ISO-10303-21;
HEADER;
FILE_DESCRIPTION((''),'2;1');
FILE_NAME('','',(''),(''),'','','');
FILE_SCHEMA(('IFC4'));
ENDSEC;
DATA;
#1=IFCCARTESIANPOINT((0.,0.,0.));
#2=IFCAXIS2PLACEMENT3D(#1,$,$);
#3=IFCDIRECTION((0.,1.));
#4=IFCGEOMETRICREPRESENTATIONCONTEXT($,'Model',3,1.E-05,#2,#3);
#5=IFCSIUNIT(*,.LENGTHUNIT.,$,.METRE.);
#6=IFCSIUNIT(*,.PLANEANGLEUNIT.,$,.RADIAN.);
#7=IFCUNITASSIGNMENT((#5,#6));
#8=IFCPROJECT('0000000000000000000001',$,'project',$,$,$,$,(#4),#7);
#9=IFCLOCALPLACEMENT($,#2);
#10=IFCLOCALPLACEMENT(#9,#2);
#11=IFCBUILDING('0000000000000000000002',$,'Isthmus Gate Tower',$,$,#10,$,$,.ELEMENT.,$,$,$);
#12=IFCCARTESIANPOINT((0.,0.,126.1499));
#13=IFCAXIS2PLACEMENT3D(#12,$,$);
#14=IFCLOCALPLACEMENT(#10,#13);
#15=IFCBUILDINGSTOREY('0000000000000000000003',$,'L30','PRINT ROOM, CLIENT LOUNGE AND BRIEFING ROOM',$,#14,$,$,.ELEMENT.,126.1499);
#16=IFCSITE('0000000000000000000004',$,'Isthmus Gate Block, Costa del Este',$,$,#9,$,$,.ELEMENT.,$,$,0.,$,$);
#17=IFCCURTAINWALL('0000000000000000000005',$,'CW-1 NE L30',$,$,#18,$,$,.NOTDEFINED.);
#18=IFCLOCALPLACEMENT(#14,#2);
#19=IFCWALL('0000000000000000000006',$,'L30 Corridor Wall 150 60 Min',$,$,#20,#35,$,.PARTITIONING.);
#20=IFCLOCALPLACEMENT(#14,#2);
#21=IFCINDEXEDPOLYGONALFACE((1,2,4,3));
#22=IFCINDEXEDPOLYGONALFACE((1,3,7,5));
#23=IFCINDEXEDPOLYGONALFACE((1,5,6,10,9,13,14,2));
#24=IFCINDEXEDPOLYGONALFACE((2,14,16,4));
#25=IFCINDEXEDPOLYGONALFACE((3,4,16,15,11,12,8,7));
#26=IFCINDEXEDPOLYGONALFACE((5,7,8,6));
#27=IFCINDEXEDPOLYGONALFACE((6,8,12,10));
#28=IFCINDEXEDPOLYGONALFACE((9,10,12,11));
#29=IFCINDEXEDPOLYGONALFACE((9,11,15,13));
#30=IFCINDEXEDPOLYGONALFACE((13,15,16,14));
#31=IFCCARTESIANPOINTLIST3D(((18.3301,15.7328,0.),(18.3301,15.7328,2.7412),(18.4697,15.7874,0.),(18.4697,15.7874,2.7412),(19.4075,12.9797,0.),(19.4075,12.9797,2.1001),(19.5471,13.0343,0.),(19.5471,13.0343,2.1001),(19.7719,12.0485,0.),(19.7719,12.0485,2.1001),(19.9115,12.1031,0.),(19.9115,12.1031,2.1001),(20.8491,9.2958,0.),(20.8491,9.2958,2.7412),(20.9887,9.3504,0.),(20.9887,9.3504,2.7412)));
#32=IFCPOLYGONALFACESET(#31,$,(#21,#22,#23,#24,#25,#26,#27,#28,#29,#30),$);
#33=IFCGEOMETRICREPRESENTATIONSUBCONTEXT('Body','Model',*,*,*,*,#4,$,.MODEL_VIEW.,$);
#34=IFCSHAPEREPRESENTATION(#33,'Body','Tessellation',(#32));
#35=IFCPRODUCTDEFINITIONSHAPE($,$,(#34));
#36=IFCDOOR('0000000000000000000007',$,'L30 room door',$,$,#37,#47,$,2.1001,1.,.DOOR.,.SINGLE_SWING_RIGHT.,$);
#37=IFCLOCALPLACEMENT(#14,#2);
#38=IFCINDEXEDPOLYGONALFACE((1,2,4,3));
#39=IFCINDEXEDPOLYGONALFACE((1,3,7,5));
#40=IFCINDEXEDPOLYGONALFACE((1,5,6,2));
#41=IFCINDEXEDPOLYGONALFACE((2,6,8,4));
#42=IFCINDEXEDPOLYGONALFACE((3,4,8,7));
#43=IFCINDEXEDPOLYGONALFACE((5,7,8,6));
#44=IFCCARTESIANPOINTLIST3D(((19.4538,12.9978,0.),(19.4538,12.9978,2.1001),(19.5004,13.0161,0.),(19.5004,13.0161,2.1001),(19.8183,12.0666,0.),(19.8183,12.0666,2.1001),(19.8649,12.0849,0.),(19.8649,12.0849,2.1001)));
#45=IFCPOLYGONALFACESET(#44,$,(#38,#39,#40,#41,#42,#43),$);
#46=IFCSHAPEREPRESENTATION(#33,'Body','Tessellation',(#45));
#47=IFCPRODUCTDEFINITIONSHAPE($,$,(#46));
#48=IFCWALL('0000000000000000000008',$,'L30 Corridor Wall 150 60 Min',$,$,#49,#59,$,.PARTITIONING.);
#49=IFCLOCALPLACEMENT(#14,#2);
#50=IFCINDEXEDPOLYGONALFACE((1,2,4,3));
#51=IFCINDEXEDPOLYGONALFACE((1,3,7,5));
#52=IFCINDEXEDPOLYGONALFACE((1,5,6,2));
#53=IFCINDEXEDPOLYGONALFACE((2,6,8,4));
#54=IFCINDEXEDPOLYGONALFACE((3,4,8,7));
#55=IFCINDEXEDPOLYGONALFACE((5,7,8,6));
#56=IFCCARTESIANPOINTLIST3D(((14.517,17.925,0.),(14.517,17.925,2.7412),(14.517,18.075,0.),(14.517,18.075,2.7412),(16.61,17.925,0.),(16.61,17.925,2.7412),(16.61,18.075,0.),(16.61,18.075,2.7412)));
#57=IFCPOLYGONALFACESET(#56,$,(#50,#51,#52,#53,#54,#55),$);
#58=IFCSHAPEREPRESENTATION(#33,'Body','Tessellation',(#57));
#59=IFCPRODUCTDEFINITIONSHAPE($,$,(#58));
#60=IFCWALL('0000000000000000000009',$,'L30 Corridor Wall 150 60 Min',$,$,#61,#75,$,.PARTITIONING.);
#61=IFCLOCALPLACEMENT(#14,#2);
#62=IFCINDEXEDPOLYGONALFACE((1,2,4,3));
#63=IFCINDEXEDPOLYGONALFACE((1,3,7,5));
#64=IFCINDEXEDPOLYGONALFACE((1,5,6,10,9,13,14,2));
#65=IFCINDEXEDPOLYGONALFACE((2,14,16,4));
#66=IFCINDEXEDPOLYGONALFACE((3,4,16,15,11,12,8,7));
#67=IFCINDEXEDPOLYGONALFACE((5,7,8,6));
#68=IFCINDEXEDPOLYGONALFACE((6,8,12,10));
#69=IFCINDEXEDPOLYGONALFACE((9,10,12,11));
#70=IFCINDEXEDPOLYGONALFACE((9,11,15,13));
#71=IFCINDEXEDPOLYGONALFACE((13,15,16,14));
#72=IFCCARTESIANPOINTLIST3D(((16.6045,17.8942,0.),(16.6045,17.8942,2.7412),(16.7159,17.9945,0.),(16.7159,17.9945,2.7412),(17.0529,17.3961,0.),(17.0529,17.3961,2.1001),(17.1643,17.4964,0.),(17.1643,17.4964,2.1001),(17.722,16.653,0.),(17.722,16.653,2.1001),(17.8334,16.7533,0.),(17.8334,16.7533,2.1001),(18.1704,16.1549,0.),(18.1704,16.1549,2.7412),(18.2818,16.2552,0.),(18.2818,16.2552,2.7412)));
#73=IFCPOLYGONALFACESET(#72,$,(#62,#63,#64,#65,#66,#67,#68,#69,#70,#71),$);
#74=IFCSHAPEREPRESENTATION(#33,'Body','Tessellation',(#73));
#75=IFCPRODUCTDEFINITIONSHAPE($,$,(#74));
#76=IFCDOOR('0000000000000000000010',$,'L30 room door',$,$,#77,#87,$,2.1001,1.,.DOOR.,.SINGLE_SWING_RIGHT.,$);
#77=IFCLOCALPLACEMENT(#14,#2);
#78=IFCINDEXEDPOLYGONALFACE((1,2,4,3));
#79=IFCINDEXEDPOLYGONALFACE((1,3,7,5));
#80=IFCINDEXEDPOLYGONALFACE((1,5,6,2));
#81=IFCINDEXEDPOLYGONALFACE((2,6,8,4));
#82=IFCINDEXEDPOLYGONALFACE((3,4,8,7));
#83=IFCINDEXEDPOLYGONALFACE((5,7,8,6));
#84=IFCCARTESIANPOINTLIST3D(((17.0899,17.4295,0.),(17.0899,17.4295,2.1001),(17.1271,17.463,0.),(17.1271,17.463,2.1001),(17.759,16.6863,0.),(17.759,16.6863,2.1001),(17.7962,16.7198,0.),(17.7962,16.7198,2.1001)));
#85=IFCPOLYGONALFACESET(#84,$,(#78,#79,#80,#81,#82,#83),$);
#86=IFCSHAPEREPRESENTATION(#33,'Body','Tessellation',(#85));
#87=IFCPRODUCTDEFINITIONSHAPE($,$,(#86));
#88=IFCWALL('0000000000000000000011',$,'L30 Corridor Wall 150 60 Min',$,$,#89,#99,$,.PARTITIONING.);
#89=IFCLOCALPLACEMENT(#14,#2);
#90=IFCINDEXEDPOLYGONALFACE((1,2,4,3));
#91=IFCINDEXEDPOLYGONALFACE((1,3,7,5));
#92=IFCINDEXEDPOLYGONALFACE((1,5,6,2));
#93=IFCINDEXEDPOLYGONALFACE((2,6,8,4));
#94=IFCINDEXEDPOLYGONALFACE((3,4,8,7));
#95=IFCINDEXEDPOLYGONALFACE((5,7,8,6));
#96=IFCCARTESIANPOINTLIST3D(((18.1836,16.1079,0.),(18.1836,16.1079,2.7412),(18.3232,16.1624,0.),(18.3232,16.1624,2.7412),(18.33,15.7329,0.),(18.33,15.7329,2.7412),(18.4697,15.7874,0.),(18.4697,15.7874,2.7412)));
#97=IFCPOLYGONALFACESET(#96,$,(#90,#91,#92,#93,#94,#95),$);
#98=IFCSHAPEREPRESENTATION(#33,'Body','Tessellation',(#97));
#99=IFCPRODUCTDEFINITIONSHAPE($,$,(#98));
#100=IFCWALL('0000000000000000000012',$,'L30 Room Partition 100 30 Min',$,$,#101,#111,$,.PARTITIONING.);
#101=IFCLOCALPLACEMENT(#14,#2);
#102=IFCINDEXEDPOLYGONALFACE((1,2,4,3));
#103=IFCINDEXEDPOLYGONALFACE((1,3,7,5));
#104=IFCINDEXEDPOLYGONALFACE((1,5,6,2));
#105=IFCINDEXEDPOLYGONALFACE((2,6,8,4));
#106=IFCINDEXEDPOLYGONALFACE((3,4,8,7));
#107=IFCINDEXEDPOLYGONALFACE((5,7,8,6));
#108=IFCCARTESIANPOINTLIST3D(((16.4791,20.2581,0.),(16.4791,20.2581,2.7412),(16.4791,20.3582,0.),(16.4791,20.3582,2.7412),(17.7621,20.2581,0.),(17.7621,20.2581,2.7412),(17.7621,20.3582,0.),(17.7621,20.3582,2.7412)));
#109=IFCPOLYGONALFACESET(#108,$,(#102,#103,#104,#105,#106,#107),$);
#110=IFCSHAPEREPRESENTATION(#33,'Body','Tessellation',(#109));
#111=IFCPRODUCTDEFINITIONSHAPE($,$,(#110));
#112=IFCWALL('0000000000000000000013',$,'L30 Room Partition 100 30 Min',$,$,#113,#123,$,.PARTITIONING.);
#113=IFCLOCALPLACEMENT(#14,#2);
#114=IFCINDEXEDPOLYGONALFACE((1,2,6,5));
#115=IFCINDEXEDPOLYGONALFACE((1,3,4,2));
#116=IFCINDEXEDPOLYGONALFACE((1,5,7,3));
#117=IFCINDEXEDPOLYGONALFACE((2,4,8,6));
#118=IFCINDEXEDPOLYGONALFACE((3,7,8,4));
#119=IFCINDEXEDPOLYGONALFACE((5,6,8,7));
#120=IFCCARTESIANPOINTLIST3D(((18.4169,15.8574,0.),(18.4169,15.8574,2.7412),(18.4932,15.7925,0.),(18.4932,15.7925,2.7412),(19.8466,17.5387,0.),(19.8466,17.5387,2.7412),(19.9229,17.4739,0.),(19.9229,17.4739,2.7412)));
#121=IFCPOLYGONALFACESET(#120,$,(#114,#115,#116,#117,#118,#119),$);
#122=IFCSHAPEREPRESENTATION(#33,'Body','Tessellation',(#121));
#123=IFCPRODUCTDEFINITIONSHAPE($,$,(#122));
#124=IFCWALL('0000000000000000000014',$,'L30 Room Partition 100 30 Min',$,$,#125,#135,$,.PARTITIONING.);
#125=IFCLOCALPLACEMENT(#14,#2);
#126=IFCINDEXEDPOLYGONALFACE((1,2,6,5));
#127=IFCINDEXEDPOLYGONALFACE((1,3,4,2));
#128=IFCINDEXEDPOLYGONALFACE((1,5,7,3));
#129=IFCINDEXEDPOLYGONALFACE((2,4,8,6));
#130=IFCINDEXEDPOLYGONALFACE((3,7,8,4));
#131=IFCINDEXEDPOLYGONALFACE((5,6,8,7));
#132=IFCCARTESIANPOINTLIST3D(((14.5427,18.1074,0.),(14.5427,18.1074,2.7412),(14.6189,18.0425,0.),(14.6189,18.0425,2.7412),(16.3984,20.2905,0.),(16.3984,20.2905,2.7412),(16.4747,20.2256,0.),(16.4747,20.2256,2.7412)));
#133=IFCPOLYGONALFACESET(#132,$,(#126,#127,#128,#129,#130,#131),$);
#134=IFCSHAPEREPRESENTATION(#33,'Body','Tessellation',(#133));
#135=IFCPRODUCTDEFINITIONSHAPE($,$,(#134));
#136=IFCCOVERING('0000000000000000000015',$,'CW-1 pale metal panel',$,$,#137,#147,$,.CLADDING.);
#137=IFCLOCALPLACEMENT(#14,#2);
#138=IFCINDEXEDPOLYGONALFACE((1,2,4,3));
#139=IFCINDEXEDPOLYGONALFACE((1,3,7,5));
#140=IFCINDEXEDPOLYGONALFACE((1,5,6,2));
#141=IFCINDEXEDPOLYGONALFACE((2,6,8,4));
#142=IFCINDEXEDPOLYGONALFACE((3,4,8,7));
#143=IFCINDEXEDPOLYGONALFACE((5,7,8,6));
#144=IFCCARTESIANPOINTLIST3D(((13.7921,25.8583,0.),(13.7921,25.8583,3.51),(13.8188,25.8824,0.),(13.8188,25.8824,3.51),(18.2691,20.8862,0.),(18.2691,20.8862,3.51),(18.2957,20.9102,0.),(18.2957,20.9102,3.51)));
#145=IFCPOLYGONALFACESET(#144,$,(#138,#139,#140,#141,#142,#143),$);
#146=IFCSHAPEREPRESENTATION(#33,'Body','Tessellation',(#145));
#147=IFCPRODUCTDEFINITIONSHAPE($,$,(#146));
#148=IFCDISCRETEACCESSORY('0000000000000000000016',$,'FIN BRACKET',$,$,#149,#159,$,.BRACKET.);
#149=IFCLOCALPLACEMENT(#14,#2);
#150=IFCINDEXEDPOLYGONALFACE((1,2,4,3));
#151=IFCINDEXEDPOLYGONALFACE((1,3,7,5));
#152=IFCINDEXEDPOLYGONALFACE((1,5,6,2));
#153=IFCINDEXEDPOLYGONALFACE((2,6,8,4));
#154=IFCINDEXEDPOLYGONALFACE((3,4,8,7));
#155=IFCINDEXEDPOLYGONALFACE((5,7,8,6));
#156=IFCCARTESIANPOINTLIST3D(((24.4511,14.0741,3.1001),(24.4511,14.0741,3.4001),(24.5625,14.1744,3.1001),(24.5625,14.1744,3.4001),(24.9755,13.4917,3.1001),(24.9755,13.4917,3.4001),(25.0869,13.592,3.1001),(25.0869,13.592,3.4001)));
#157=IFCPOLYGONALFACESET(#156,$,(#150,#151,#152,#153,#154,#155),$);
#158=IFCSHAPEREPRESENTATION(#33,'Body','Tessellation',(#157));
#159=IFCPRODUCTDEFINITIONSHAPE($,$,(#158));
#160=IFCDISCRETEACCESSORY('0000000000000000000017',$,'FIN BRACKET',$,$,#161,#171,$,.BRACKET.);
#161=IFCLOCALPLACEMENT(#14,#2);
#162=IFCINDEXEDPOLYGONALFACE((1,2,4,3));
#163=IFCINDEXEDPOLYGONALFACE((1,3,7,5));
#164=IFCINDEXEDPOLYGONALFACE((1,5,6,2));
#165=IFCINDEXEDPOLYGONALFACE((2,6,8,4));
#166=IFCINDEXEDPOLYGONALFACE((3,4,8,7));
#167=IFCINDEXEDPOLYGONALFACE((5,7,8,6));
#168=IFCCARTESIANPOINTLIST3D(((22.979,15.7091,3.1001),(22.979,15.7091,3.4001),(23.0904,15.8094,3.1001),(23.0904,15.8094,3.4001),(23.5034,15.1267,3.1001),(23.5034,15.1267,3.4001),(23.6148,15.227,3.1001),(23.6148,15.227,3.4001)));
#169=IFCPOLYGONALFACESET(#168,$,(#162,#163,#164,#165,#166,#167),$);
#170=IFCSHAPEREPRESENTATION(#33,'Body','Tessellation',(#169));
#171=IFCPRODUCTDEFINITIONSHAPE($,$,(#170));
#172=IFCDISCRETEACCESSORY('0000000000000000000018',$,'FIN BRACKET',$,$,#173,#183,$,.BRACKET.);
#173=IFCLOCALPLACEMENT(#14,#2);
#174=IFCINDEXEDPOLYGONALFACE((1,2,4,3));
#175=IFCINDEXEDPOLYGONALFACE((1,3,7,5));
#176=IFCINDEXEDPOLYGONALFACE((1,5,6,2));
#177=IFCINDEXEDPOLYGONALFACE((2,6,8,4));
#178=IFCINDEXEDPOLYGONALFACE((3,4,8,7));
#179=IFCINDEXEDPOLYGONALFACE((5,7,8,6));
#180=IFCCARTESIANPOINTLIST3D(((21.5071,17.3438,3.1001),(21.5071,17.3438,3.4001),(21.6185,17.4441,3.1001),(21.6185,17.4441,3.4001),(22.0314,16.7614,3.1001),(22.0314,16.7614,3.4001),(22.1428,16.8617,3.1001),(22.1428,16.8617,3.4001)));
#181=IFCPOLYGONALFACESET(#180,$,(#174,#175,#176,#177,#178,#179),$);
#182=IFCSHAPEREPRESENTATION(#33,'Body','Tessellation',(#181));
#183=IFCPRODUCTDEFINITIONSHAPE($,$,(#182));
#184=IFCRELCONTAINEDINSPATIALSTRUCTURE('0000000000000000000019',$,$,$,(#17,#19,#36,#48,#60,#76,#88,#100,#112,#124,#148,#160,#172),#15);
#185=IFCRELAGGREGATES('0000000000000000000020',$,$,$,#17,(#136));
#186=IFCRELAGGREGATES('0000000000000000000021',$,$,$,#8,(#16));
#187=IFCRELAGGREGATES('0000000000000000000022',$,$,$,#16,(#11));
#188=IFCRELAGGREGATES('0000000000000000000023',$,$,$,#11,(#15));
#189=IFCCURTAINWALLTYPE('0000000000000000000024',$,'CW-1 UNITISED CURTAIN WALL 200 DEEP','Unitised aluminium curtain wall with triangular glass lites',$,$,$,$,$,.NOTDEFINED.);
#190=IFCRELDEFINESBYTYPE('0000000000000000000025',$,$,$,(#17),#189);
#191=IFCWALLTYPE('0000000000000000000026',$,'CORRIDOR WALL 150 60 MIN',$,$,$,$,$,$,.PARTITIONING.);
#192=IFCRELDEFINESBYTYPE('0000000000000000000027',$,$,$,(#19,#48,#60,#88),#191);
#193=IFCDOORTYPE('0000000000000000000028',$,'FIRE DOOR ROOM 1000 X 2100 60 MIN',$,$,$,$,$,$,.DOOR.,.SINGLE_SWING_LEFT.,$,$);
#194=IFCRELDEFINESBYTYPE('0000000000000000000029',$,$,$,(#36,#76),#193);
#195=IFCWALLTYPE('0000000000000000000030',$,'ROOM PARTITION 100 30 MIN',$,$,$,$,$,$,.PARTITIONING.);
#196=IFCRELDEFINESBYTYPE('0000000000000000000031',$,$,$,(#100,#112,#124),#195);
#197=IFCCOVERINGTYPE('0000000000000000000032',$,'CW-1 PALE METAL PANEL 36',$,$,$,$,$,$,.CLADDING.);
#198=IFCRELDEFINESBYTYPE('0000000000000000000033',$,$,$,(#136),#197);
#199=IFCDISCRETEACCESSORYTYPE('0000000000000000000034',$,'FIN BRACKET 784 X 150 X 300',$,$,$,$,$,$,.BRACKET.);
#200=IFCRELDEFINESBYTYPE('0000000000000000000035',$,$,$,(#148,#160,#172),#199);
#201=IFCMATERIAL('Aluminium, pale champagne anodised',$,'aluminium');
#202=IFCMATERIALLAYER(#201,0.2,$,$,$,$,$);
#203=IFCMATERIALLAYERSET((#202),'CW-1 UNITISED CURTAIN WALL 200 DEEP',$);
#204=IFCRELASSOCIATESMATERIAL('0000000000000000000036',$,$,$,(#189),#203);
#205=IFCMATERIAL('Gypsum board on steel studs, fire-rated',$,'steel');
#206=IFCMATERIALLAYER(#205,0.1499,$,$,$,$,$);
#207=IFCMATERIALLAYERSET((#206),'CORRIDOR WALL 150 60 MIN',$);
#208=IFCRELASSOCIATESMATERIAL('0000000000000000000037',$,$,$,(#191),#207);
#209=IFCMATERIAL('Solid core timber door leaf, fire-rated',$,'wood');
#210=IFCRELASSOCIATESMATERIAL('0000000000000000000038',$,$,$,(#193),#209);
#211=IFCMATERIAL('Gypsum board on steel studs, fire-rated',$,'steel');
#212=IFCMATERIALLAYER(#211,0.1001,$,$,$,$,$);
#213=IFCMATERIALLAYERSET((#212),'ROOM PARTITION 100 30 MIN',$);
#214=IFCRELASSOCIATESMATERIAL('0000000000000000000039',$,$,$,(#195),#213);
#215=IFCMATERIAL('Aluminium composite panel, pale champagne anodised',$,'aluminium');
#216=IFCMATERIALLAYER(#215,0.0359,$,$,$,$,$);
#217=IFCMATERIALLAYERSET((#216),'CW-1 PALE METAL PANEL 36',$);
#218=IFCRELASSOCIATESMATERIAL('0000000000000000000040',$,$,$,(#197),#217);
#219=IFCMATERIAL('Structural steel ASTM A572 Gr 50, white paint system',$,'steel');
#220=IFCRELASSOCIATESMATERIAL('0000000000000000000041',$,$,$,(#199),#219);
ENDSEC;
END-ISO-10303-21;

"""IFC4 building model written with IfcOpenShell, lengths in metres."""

from ifc_helpers import new_model, si_unit, direction, frame, frame_2d, origin, origin_2d, place, context, subcontext, project, spatial, rectangle, extrude, material, layer, layer_set, type_object, element, fill, aggregate, save


model = new_model("IFC4")

# Units and contexts
model_context = context("Model", 3, precision=1e-05, world=origin(), true_north=direction((0.0, 1.0)))
body_context = subcontext(model_context, "Body", "Model", "MODEL_VIEW")
ifc_project = project(units=[si_unit("LENGTHUNIT", "METRE"), si_unit("PLANEANGLEUNIT", "RADIAN")], contexts=[model_context])

# Site, building, storey
site_placement = place(None, origin())
site = spatial("IfcSite", under=ifc_project, at=site_placement, Name="Isthmus Gate Block, Costa del Este", CompositionType="ELEMENT", RefElevation=0.0)
building_placement = place(site_placement, origin())
building = spatial("IfcBuilding", under=site, at=building_placement, Name="Isthmus Gate Tower", CompositionType="ELEMENT")
storey_placement = place(building_placement, frame((0.0, 0.0, 126.1499)))
storey = spatial("IfcBuildingStorey", under=building, at=storey_placement, Name="L30", Description="PRINT ROOM, CLIENT LOUNGE AND BRIEFING ROOM", CompositionType="ELEMENT", Elevation=126.1499)

# Curtain wall
ifc_material_1 = material(Name="Aluminium, pale champagne anodised", Category="aluminium")
ifc_layer_1 = layer(ifc_material_1, 0.2)
ifc_layer_set_1 = layer_set([ifc_layer_1], Name="CW-1 UNITISED CURTAIN WALL 200 DEEP")
curtain_wall_type = type_object("IfcCurtainWallType", Name="CW-1 UNITISED CURTAIN WALL 200 DEEP", Description="Unitised aluminium curtain wall with triangular glass lites", PredefinedType="NOTDEFINED", material=ifc_layer_set_1)
curtain_wall_placement = place(storey_placement, origin())
curtain_wall = element("IfcCurtainWall", 1, at=curtain_wall_placement, inside=storey, type_object=curtain_wall_type, Name="CW-1 NE L30", PredefinedType="NOTDEFINED")

# Shared definitions
ifc_material_2 = material(Name="Gypsum board on steel studs, fire-rated", Category="steel")
ifc_layer_2 = layer(ifc_material_2, 0.1499)
ifc_layer_set_2 = layer_set([ifc_layer_2], Name="CORRIDOR WALL 150 60 MIN")
wall_type_1 = type_object("IfcWallType", Name="CORRIDOR WALL 150 60 MIN", PredefinedType="PARTITIONING", material=ifc_layer_set_2)

# Wall, opening, door
wall_1_placement = place(storey_placement, frame((18.3999, 15.76, 0.0), z_axis=(0.0, 0.0, 1.0), x_axis=(0.364426, -0.931232, 0.0)))
wall_1 = element("IfcWall", 2, at=wall_1_placement, inside=storey, type_object=wall_type_1, Name="L30 Corridor Wall 150 60 Min", PredefinedType="PARTITIONING", context=body_context, shape_type="SweptSolid", body=[
    extrude(rectangle(XDim=6.9124, YDim=0.1499, at=frame_2d((3.4561, 0.0))), origin(), (0.0, 0.0, 1.0), 2.7412),
])
opening_1_placement = place(wall_1_placement, frame((2.9563, 0.0, 0.0)))
opening_1 = element("IfcOpeningElement", 3, at=opening_1_placement, cuts=wall_1, PredefinedType="OPENING", context=body_context, shape_type="SweptSolid", body=[
    extrude(rectangle(XDim=1.0, YDim=2.1001, at=frame_2d((0.5, 1.05))), frame((0.0, 0.085, 0.0), z_axis=(0.0, -1.0, 0.0), x_axis=(1.0, 0.0, 0.0)), (0.0, 0.0, 1.0), 0.1699),
])
ifc_material_3 = material(Name="Solid core timber door leaf, fire-rated", Category="wood")
door_type = type_object("IfcDoorType", Name="FIRE DOOR ROOM 1000 X 2100 60 MIN", OperationType="SINGLE_SWING_LEFT", PredefinedType="DOOR", material=ifc_material_3)
door_1_placement = place(opening_1_placement, origin())
door_1 = element("IfcDoor", 4, at=door_1_placement, inside=storey, type_object=door_type, Name="L30 room door", OperationType="SINGLE_SWING_RIGHT", OverallHeight=2.1001, OverallWidth=1.0, PredefinedType="DOOR", context=body_context, shape_type="SweptSolid", body=[
    extrude(rectangle(XDim=1.0, YDim=2.1001, at=frame_2d((0.5, 1.05))), frame((0.0, 0.0249, 0.0), z_axis=(0.0, -1.0, 0.0), x_axis=(1.0, 0.0, 0.0)), (0.0, 0.0, 1.0), 0.05),
])
fill(opening_1, door_1)

# Wall
wall_2_placement = place(storey_placement, frame((14.5171, 18.0, 0.0), z_axis=(0.0, 0.0, 1.0), x_axis=(1.0, 0.0, 0.0)))
element("IfcWall", 5, at=wall_2_placement, inside=storey, type_object=wall_type_1, Name="L30 Corridor Wall 150 60 Min", PredefinedType="PARTITIONING", context=body_context, shape_type="SweptSolid", body=[
    extrude(rectangle(XDim=2.093, YDim=0.1499, at=frame_2d((1.0464, 0.0))), origin(), (0.0, 0.0, 1.0), 2.7412),
])

# Wall, opening, door
wall_3_placement = place(storey_placement, frame((16.6602, 17.9443, 0.0), z_axis=(0.0, 0.0, 1.0), x_axis=(0.669103, -0.74317, 0.0)))
wall_3 = element("IfcWall", 6, at=wall_3_placement, inside=storey, type_object=wall_type_1, Name="L30 Corridor Wall 150 60 Min", PredefinedType="PARTITIONING", context=body_context, shape_type="SweptSolid", body=[
    extrude(rectangle(XDim=2.3403, YDim=0.1499, at=frame_2d((1.1702, 0.0))), origin(), (0.0, 0.0, 1.0), 2.7412),
])
opening_2_placement = place(wall_3_placement, frame((0.6702, 0.0, 0.0)))
opening_2 = element("IfcOpeningElement", 7, at=opening_2_placement, cuts=wall_3, PredefinedType="OPENING", context=body_context, shape_type="SweptSolid", body=[
    extrude(rectangle(XDim=1.0, YDim=2.1001, at=frame_2d((0.5, 1.05))), frame((0.0, 0.085, 0.0), z_axis=(0.0, -1.0, 0.0), x_axis=(1.0, 0.0, 0.0)), (0.0, 0.0, 1.0), 0.1699),
])
door_2_placement = place(opening_2_placement, origin())
door_2 = element("IfcDoor", 8, at=door_2_placement, inside=storey, type_object=door_type, Name="L30 room door", OperationType="SINGLE_SWING_RIGHT", OverallHeight=2.1001, OverallWidth=1.0, PredefinedType="DOOR", context=body_context, shape_type="SweptSolid", body=[
    extrude(rectangle(XDim=1.0, YDim=2.1001, at=frame_2d((0.5, 1.05))), frame((0.0, 0.0249, 0.0), z_axis=(0.0, -1.0, 0.0), x_axis=(1.0, 0.0, 0.0)), (0.0, 0.0, 1.0), 0.05),
])
fill(opening_2, door_2)

# Walls
wall_4_placement = place(storey_placement, frame((18.2534, 16.135, 0.0), z_axis=(0.0, 0.0, 1.0), x_axis=(0.363851, -0.931457, 0.0)))
element("IfcWall", 9, at=wall_4_placement, inside=storey, type_object=wall_type_1, Name="L30 Corridor Wall 150 60 Min", PredefinedType="PARTITIONING", context=body_context, shape_type="SweptSolid", body=[
    extrude(rectangle(XDim=0.4026, YDim=0.1499, at=frame_2d((0.2012, 0.0))), origin(), (0.0, 0.0, 1.0), 2.7412),
])
ifc_material_4 = material(Name="Gypsum board on steel studs, fire-rated", Category="steel")
ifc_layer_3 = layer(ifc_material_4, 0.1001)
ifc_layer_set_3 = layer_set([ifc_layer_3], Name="ROOM PARTITION 100 30 MIN")
wall_type_2 = type_object("IfcWallType", Name="ROOM PARTITION 100 30 MIN", PredefinedType="PARTITIONING", material=ifc_layer_set_3)
wall_5_placement = place(storey_placement, frame((16.479, 20.3081, 0.0), z_axis=(0.0, 0.0, 1.0), x_axis=(1.0, 0.0, 0.0)))
element("IfcWall", 10, at=wall_5_placement, inside=storey, type_object=wall_type_2, Name="L30 Room Partition 100 30 Min", PredefinedType="PARTITIONING", context=body_context, shape_type="SweptSolid", body=[
    extrude(rectangle(XDim=1.283, YDim=0.1001, at=frame_2d((0.6416, 0.0))), origin(), (0.0, 0.0, 1.0), 2.7412),
])
wall_6_placement = place(storey_placement, frame((18.4551, 15.825, 0.0), z_axis=(0.0, 0.0, 1.0), x_axis=(0.64778, 0.761827, 0.0)))
element("IfcWall", 11, at=wall_6_placement, inside=storey, type_object=wall_type_2, Name="L30 Room Partition 100 30 Min", PredefinedType="PARTITIONING", context=body_context, shape_type="SweptSolid", body=[
    extrude(rectangle(XDim=2.207, YDim=0.1001, at=frame_2d((1.1035, 0.0))), origin(), (0.0, 0.0, 1.0), 2.7412),
])
wall_7_placement = place(storey_placement, frame((14.5808, 18.075, 0.0), z_axis=(0.0, 0.0, 1.0), x_axis=(0.647663, 0.761927, 0.0)))
element("IfcWall", 12, at=wall_7_placement, inside=storey, type_object=wall_type_2, Name="L30 Room Partition 100 30 Min", PredefinedType="PARTITIONING", context=body_context, shape_type="SweptSolid", body=[
    extrude(rectangle(XDim=2.8652, YDim=0.1001, at=frame_2d((1.4326, 0.0))), origin(), (0.0, 0.0, 1.0), 2.7412),
])

# Covering
ifc_material_5 = material(Name="Aluminium composite panel, pale champagne anodised", Category="aluminium")
ifc_layer_4 = layer(ifc_material_5, 0.0359)
ifc_layer_set_4 = layer_set([ifc_layer_4], Name="CW-1 PALE METAL PANEL 36")
covering_type = type_object("IfcCoveringType", Name="CW-1 PALE METAL PANEL 36", PredefinedType="CLADDING", material=ifc_layer_set_4)
covering_placement = place(storey_placement, frame((16.0439, 23.3843, 0.0), z_axis=(0.0, 0.0, 1.0), x_axis=(-0.669131, 0.743145, 0.0)))
covering = element("IfcCovering", 13, at=covering_placement, type_object=covering_type, Name="CW-1 pale metal panel", PredefinedType="CLADDING", context=body_context, shape_type="SweptSolid", body=[
    extrude(rectangle(XDim=6.6907, YDim=0.0359, at=origin_2d()), origin(), (0.0, 0.0, 1.0), 3.51),
])
aggregate(curtain_wall, [covering])

# Discrete accessories
ifc_material_6 = material(Name="Structural steel ASTM A572 Gr 50, white paint system", Category="steel")
discrete_accessory_type = type_object("IfcDiscreteAccessoryType", Name="FIN BRACKET 784 X 150 X 300", PredefinedType="BRACKET", material=ifc_material_6)
for number, where, z_axis, x_axis, name in (
    (14, (24.769, 13.833, 3.1001), (0.0, 0.0, 1.0), (0.743145, 0.669131, 0.0), "FIN BRACKET"),
    (15, (23.2969, 15.468, 3.1001), (0.0, 0.0, 1.0), (0.743145, 0.669131, 0.0), "FIN BRACKET"),
    (16, (21.825, 17.1028, 3.1001), (0.0, 0.0, 1.0), (0.743145, 0.669131, 0.0), "FIN BRACKET"),
):
    element("IfcDiscreteAccessory", number, at=place(storey_placement, frame(where, z_axis=z_axis, x_axis=x_axis)), inside=storey, type_object=discrete_accessory_type, Name=name, PredefinedType="BRACKET", context=body_context, shape_type="SweptSolid", body=[
        extrude(rectangle(XDim=0.1499, YDim=0.7837, at=origin_2d()), origin(), (0.0, 0.0, 1.0), 0.3),
    ])

save(model, "model.ifc")
